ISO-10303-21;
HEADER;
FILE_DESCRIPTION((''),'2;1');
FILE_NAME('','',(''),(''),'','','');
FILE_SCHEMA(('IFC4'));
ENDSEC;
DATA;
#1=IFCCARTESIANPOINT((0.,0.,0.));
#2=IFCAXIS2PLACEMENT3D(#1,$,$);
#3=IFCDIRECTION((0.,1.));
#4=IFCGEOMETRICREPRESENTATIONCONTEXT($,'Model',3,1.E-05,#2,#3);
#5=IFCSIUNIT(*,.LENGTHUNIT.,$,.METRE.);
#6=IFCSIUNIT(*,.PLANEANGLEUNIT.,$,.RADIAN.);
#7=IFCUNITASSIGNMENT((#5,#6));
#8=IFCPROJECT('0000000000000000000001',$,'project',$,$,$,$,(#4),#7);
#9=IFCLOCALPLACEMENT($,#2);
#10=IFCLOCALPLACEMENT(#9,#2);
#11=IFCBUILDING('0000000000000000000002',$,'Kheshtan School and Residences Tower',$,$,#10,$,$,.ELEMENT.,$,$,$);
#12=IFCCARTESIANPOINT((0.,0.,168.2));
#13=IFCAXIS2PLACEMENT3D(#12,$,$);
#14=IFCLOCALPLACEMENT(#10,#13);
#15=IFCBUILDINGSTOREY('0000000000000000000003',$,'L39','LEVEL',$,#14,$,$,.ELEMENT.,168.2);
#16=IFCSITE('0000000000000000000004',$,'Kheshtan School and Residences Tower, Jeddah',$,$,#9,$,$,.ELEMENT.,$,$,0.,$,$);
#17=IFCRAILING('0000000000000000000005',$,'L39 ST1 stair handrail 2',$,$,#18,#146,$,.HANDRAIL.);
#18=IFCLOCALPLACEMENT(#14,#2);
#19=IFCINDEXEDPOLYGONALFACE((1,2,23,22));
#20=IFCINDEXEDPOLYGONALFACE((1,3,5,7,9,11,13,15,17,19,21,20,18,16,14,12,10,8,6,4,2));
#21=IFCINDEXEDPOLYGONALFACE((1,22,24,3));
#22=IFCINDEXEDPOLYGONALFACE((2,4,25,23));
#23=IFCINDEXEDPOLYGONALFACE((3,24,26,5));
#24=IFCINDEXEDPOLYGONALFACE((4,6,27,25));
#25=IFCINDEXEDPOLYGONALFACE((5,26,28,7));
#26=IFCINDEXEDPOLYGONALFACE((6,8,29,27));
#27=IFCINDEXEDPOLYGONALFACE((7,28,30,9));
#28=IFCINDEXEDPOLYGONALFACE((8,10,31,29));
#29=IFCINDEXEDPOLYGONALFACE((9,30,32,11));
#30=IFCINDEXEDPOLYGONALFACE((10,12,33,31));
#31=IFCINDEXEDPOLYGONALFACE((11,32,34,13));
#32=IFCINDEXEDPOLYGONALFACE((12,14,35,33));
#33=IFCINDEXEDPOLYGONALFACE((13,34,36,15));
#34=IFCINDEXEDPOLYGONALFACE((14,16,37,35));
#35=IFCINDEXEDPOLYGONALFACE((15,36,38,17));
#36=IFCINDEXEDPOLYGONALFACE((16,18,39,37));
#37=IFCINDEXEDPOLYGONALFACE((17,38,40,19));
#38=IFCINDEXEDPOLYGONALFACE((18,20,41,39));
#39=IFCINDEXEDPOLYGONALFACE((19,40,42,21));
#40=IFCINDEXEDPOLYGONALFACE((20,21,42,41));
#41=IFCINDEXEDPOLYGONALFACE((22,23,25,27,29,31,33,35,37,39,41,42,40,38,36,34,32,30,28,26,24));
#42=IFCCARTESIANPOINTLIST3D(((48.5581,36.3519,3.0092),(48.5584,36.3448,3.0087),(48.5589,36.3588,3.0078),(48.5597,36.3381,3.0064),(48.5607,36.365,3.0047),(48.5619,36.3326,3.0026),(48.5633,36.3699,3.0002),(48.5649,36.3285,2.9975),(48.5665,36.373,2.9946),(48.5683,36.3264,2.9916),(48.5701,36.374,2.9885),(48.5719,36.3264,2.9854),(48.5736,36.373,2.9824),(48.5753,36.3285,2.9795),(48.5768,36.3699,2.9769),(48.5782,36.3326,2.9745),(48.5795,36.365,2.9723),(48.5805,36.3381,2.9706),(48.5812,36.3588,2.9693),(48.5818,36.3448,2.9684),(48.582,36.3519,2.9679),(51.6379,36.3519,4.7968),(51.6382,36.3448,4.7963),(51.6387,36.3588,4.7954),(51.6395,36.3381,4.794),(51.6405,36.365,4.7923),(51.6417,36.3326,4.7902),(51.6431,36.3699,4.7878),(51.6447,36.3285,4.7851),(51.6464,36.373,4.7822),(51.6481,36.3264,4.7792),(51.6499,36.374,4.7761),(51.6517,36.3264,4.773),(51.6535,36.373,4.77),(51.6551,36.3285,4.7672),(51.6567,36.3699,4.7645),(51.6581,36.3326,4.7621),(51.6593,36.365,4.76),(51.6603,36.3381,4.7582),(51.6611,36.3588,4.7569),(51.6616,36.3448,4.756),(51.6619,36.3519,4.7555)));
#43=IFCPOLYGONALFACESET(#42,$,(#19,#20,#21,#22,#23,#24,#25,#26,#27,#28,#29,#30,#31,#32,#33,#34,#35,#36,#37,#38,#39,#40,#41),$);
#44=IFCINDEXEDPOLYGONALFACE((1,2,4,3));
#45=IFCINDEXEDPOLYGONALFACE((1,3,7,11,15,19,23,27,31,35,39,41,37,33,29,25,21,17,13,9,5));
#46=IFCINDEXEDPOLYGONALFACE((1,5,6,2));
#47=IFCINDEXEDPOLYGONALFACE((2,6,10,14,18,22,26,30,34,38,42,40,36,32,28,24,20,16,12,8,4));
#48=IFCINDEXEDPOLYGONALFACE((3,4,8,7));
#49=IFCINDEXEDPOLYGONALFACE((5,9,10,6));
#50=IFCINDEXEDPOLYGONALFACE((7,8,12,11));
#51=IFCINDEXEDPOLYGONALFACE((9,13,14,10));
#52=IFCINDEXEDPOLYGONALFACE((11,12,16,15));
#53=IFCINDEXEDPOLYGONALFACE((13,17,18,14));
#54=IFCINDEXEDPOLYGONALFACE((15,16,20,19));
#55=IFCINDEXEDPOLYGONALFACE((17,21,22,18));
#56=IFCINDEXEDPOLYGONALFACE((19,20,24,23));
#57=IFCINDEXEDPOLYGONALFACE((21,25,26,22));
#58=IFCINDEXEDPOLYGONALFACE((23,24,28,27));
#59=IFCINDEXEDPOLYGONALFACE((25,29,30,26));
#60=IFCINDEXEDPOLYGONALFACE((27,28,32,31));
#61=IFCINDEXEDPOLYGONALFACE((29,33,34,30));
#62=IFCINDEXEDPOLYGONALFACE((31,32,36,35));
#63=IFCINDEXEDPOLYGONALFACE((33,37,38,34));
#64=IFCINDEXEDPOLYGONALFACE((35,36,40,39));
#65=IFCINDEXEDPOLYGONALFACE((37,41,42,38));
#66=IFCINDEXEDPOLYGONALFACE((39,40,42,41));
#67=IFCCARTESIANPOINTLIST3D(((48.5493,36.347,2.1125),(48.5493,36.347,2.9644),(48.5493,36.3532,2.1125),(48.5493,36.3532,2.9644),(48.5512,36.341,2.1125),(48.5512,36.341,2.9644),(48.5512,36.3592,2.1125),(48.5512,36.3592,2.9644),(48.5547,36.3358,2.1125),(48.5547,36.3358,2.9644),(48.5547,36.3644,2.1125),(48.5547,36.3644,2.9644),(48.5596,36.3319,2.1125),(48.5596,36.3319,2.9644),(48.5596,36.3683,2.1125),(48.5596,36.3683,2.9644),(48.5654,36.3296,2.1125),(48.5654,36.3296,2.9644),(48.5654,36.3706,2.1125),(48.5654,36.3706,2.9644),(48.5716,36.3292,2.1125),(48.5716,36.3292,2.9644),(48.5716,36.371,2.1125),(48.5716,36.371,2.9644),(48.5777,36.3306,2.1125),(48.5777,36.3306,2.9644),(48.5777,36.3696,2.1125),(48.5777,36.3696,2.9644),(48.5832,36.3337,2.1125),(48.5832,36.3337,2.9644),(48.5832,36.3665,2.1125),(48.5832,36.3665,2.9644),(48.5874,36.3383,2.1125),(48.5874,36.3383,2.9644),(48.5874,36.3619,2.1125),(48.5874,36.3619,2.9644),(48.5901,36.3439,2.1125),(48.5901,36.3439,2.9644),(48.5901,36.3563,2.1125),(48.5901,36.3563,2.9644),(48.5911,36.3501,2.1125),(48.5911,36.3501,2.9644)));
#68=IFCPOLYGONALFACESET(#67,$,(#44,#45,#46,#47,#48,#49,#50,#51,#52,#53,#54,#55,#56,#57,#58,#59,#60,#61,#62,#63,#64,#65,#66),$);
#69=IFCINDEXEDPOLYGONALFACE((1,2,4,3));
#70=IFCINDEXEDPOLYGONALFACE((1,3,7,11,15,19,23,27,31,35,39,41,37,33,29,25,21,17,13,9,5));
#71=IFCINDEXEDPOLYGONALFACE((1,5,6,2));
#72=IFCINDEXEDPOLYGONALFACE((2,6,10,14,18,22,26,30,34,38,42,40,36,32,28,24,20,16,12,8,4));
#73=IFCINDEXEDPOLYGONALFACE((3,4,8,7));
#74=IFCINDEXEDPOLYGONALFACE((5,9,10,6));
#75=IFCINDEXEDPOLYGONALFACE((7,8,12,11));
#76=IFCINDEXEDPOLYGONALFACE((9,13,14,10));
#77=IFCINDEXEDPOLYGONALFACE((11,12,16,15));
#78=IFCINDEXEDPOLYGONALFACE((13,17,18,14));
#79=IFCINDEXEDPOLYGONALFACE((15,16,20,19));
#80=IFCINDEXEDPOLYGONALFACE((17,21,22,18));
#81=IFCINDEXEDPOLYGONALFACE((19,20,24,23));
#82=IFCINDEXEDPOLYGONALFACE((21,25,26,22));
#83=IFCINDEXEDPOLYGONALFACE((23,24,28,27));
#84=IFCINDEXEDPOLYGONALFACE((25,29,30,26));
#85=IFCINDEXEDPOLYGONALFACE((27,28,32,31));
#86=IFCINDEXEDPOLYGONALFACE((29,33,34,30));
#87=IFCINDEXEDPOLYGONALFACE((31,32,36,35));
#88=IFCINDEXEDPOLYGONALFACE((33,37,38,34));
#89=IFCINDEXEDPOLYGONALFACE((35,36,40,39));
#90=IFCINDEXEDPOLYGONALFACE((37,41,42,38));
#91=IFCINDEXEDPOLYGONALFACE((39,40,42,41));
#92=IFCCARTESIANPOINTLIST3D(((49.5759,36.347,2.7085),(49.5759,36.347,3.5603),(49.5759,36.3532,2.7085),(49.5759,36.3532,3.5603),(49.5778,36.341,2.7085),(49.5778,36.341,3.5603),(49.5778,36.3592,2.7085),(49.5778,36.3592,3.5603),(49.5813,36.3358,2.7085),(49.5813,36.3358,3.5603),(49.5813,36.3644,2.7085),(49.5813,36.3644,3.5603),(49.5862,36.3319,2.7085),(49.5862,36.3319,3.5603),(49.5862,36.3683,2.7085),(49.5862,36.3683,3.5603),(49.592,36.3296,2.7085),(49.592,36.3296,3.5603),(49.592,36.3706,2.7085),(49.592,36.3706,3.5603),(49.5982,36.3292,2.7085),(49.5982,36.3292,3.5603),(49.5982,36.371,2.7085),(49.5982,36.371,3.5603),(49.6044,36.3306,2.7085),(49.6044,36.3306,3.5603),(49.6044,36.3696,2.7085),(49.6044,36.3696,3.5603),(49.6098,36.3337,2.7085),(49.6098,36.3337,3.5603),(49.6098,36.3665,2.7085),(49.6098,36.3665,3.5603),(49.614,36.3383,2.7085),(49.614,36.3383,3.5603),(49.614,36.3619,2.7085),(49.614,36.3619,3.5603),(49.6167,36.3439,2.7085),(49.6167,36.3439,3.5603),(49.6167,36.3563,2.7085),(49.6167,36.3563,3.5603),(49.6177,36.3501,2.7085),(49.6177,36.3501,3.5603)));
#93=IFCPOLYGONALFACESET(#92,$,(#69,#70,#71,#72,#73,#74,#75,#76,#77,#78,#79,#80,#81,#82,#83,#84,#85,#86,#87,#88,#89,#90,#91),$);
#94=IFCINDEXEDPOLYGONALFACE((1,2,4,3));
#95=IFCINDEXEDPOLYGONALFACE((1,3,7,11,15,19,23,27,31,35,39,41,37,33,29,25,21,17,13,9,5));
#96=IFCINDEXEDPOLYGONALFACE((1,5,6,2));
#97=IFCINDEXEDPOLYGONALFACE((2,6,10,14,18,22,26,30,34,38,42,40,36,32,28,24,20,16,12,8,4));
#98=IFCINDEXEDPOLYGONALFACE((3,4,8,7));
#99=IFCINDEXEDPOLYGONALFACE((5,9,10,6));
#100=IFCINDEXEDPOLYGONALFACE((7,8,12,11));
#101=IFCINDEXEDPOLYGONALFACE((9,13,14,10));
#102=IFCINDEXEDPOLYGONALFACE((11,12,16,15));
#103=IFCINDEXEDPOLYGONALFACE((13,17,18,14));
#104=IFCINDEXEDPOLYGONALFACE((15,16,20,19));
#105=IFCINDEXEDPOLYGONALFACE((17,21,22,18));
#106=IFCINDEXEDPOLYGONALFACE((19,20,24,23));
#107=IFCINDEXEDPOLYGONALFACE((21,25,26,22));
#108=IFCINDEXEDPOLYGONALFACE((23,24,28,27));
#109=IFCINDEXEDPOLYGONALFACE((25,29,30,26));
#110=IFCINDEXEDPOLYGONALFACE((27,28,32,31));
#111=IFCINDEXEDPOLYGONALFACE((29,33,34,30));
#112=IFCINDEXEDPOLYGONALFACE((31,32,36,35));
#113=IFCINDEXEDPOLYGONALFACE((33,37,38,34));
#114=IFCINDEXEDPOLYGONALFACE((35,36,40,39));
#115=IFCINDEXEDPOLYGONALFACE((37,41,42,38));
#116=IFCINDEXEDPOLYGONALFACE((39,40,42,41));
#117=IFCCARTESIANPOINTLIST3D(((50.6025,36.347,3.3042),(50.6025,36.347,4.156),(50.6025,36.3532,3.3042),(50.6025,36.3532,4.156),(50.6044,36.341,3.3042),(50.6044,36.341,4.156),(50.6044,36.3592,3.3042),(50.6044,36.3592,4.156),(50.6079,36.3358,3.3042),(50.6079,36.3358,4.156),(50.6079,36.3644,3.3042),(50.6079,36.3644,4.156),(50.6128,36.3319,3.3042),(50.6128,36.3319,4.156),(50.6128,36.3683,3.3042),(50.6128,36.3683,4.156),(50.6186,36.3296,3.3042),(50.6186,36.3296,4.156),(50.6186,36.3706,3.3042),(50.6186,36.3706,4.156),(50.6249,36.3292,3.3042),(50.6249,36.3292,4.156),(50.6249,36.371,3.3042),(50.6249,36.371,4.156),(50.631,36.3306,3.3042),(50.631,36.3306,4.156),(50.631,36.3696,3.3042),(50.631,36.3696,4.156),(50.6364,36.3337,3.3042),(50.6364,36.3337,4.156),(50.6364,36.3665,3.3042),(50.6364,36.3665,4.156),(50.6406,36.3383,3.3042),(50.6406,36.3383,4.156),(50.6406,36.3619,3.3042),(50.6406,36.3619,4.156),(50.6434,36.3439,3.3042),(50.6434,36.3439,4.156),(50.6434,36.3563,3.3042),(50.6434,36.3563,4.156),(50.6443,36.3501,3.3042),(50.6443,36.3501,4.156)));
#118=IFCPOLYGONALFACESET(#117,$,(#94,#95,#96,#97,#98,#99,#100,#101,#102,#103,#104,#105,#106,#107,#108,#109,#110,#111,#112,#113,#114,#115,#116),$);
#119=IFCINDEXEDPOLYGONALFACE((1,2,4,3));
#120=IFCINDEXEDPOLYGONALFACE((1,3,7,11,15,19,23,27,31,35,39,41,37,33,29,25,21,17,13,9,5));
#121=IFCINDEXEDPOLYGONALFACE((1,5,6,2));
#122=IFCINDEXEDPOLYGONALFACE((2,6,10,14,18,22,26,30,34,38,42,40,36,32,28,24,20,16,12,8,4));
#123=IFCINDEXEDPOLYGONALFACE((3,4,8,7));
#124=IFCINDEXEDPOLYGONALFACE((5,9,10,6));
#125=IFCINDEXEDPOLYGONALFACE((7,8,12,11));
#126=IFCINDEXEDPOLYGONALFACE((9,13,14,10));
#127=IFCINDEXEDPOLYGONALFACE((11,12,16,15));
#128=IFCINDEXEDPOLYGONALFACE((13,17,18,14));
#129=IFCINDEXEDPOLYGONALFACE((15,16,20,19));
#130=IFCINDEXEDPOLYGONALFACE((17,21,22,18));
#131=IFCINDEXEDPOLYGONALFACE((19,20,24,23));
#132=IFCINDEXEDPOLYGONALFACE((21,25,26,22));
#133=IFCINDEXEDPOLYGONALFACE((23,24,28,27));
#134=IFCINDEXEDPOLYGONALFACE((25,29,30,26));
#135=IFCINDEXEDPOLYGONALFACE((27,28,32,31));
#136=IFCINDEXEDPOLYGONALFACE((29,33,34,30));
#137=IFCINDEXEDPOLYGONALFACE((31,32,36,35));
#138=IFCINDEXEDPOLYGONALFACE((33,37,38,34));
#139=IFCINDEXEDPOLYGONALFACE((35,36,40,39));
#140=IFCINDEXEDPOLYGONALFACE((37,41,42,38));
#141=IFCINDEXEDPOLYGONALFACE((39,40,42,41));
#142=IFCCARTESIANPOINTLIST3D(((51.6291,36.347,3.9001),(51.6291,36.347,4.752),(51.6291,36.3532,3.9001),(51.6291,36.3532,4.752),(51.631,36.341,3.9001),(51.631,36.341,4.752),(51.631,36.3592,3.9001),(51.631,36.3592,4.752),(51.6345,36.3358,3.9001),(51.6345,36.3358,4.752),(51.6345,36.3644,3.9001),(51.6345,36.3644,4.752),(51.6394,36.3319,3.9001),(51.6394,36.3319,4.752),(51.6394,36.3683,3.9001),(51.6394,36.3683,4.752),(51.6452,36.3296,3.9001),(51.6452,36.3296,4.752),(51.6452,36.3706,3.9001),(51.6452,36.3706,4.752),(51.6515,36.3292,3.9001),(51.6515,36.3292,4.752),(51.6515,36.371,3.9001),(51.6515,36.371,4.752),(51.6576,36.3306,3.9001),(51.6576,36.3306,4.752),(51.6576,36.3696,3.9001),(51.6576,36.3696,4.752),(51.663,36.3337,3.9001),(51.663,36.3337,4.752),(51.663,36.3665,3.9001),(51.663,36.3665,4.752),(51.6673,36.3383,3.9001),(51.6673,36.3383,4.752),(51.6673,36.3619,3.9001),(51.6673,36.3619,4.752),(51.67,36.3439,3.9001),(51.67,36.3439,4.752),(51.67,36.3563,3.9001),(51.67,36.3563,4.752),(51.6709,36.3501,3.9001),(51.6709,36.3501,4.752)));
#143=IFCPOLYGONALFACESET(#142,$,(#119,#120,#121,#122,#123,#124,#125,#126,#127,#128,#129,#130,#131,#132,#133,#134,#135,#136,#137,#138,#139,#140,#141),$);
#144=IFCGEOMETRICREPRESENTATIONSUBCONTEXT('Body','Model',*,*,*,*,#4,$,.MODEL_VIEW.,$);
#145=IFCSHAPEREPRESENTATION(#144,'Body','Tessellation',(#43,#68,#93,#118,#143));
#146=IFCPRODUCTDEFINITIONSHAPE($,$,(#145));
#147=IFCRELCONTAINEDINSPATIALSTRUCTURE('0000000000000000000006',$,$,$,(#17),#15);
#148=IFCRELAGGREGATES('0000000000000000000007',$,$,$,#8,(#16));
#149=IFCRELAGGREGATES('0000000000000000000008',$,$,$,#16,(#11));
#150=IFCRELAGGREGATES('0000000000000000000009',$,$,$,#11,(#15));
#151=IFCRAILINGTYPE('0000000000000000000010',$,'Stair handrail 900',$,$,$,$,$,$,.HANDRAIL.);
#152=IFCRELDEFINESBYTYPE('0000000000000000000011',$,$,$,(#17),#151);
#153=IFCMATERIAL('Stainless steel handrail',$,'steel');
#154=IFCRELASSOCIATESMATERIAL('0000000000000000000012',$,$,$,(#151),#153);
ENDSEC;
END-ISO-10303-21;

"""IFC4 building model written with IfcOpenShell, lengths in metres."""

from ifc_helpers import new_model, si_unit, direction, frame, origin, origin_2d, place, context, subcontext, project, spatial, circle, extrude, material, type_object, element, save


model = new_model("IFC4")

# Units and contexts
model_context = context("Model", 3, precision=1e-05, world=origin(), true_north=direction((0.0, 1.0)))
body_context = subcontext(model_context, "Body", "Model", "MODEL_VIEW")
ifc_project = project(units=[si_unit("LENGTHUNIT", "METRE"), si_unit("PLANEANGLEUNIT", "RADIAN")], contexts=[model_context])

# Site, building, storey
site_placement = place(None, origin())
site = spatial("IfcSite", under=ifc_project, at=site_placement, Name="Kheshtan School and Residences Tower, Jeddah", CompositionType="ELEMENT", RefElevation=0.0)
building_placement = place(site_placement, origin())
building = spatial("IfcBuilding", under=site, at=building_placement, Name="Kheshtan School and Residences Tower", CompositionType="ELEMENT")
storey_placement = place(building_placement, frame((0.0, 0.0, 168.2)))
storey = spatial("IfcBuildingStorey", under=building, at=storey_placement, Name="L39", Description="LEVEL", CompositionType="ELEMENT", Elevation=168.2)

# Railing
ifc_material_1 = material(Name="Stainless steel handrail", Category="steel")
railing_type_1 = type_object("IfcRailingType", Name="Stair handrail 900", PredefinedType="HANDRAIL", material=ifc_material_1)
railing_1_placement = place(storey_placement, frame((48.5701, 36.3501, 2.1125)))
element("IfcRailing", 1, at=railing_1_placement, inside=storey, type_object=railing_type_1, Name="L39 ST1 stair handrail 2", PredefinedType="HANDRAIL", context=body_context, shape_type="SweptSolid", body=[
    extrude(circle(Radius=0.0239, at=origin_2d()), frame((0.0, 0.0, 0.876), z_axis=(0.864873, 0.0, 0.50199), x_axis=(0.0, 1.0, 0.0)), (0.0, 0.0, 1.0), 3.561),
    extrude(circle(Radius=0.021, at=origin_2d()), origin(), (0.0, 0.0, 1.0), 0.8518),
    extrude(circle(Radius=0.021, at=origin_2d()), frame((1.0266, 0.0, 0.5959)), (0.0, 0.0, 1.0), 0.8518),
    extrude(circle(Radius=0.021, at=origin_2d()), frame((2.0532, 0.0, 1.1917)), (0.0, 0.0, 1.0), 0.8518),
    extrude(circle(Radius=0.021, at=origin_2d()), frame((3.0798, 0.0, 1.7876)), (0.0, 0.0, 1.0), 0.8518),
])

save(model, "model.ifc")
